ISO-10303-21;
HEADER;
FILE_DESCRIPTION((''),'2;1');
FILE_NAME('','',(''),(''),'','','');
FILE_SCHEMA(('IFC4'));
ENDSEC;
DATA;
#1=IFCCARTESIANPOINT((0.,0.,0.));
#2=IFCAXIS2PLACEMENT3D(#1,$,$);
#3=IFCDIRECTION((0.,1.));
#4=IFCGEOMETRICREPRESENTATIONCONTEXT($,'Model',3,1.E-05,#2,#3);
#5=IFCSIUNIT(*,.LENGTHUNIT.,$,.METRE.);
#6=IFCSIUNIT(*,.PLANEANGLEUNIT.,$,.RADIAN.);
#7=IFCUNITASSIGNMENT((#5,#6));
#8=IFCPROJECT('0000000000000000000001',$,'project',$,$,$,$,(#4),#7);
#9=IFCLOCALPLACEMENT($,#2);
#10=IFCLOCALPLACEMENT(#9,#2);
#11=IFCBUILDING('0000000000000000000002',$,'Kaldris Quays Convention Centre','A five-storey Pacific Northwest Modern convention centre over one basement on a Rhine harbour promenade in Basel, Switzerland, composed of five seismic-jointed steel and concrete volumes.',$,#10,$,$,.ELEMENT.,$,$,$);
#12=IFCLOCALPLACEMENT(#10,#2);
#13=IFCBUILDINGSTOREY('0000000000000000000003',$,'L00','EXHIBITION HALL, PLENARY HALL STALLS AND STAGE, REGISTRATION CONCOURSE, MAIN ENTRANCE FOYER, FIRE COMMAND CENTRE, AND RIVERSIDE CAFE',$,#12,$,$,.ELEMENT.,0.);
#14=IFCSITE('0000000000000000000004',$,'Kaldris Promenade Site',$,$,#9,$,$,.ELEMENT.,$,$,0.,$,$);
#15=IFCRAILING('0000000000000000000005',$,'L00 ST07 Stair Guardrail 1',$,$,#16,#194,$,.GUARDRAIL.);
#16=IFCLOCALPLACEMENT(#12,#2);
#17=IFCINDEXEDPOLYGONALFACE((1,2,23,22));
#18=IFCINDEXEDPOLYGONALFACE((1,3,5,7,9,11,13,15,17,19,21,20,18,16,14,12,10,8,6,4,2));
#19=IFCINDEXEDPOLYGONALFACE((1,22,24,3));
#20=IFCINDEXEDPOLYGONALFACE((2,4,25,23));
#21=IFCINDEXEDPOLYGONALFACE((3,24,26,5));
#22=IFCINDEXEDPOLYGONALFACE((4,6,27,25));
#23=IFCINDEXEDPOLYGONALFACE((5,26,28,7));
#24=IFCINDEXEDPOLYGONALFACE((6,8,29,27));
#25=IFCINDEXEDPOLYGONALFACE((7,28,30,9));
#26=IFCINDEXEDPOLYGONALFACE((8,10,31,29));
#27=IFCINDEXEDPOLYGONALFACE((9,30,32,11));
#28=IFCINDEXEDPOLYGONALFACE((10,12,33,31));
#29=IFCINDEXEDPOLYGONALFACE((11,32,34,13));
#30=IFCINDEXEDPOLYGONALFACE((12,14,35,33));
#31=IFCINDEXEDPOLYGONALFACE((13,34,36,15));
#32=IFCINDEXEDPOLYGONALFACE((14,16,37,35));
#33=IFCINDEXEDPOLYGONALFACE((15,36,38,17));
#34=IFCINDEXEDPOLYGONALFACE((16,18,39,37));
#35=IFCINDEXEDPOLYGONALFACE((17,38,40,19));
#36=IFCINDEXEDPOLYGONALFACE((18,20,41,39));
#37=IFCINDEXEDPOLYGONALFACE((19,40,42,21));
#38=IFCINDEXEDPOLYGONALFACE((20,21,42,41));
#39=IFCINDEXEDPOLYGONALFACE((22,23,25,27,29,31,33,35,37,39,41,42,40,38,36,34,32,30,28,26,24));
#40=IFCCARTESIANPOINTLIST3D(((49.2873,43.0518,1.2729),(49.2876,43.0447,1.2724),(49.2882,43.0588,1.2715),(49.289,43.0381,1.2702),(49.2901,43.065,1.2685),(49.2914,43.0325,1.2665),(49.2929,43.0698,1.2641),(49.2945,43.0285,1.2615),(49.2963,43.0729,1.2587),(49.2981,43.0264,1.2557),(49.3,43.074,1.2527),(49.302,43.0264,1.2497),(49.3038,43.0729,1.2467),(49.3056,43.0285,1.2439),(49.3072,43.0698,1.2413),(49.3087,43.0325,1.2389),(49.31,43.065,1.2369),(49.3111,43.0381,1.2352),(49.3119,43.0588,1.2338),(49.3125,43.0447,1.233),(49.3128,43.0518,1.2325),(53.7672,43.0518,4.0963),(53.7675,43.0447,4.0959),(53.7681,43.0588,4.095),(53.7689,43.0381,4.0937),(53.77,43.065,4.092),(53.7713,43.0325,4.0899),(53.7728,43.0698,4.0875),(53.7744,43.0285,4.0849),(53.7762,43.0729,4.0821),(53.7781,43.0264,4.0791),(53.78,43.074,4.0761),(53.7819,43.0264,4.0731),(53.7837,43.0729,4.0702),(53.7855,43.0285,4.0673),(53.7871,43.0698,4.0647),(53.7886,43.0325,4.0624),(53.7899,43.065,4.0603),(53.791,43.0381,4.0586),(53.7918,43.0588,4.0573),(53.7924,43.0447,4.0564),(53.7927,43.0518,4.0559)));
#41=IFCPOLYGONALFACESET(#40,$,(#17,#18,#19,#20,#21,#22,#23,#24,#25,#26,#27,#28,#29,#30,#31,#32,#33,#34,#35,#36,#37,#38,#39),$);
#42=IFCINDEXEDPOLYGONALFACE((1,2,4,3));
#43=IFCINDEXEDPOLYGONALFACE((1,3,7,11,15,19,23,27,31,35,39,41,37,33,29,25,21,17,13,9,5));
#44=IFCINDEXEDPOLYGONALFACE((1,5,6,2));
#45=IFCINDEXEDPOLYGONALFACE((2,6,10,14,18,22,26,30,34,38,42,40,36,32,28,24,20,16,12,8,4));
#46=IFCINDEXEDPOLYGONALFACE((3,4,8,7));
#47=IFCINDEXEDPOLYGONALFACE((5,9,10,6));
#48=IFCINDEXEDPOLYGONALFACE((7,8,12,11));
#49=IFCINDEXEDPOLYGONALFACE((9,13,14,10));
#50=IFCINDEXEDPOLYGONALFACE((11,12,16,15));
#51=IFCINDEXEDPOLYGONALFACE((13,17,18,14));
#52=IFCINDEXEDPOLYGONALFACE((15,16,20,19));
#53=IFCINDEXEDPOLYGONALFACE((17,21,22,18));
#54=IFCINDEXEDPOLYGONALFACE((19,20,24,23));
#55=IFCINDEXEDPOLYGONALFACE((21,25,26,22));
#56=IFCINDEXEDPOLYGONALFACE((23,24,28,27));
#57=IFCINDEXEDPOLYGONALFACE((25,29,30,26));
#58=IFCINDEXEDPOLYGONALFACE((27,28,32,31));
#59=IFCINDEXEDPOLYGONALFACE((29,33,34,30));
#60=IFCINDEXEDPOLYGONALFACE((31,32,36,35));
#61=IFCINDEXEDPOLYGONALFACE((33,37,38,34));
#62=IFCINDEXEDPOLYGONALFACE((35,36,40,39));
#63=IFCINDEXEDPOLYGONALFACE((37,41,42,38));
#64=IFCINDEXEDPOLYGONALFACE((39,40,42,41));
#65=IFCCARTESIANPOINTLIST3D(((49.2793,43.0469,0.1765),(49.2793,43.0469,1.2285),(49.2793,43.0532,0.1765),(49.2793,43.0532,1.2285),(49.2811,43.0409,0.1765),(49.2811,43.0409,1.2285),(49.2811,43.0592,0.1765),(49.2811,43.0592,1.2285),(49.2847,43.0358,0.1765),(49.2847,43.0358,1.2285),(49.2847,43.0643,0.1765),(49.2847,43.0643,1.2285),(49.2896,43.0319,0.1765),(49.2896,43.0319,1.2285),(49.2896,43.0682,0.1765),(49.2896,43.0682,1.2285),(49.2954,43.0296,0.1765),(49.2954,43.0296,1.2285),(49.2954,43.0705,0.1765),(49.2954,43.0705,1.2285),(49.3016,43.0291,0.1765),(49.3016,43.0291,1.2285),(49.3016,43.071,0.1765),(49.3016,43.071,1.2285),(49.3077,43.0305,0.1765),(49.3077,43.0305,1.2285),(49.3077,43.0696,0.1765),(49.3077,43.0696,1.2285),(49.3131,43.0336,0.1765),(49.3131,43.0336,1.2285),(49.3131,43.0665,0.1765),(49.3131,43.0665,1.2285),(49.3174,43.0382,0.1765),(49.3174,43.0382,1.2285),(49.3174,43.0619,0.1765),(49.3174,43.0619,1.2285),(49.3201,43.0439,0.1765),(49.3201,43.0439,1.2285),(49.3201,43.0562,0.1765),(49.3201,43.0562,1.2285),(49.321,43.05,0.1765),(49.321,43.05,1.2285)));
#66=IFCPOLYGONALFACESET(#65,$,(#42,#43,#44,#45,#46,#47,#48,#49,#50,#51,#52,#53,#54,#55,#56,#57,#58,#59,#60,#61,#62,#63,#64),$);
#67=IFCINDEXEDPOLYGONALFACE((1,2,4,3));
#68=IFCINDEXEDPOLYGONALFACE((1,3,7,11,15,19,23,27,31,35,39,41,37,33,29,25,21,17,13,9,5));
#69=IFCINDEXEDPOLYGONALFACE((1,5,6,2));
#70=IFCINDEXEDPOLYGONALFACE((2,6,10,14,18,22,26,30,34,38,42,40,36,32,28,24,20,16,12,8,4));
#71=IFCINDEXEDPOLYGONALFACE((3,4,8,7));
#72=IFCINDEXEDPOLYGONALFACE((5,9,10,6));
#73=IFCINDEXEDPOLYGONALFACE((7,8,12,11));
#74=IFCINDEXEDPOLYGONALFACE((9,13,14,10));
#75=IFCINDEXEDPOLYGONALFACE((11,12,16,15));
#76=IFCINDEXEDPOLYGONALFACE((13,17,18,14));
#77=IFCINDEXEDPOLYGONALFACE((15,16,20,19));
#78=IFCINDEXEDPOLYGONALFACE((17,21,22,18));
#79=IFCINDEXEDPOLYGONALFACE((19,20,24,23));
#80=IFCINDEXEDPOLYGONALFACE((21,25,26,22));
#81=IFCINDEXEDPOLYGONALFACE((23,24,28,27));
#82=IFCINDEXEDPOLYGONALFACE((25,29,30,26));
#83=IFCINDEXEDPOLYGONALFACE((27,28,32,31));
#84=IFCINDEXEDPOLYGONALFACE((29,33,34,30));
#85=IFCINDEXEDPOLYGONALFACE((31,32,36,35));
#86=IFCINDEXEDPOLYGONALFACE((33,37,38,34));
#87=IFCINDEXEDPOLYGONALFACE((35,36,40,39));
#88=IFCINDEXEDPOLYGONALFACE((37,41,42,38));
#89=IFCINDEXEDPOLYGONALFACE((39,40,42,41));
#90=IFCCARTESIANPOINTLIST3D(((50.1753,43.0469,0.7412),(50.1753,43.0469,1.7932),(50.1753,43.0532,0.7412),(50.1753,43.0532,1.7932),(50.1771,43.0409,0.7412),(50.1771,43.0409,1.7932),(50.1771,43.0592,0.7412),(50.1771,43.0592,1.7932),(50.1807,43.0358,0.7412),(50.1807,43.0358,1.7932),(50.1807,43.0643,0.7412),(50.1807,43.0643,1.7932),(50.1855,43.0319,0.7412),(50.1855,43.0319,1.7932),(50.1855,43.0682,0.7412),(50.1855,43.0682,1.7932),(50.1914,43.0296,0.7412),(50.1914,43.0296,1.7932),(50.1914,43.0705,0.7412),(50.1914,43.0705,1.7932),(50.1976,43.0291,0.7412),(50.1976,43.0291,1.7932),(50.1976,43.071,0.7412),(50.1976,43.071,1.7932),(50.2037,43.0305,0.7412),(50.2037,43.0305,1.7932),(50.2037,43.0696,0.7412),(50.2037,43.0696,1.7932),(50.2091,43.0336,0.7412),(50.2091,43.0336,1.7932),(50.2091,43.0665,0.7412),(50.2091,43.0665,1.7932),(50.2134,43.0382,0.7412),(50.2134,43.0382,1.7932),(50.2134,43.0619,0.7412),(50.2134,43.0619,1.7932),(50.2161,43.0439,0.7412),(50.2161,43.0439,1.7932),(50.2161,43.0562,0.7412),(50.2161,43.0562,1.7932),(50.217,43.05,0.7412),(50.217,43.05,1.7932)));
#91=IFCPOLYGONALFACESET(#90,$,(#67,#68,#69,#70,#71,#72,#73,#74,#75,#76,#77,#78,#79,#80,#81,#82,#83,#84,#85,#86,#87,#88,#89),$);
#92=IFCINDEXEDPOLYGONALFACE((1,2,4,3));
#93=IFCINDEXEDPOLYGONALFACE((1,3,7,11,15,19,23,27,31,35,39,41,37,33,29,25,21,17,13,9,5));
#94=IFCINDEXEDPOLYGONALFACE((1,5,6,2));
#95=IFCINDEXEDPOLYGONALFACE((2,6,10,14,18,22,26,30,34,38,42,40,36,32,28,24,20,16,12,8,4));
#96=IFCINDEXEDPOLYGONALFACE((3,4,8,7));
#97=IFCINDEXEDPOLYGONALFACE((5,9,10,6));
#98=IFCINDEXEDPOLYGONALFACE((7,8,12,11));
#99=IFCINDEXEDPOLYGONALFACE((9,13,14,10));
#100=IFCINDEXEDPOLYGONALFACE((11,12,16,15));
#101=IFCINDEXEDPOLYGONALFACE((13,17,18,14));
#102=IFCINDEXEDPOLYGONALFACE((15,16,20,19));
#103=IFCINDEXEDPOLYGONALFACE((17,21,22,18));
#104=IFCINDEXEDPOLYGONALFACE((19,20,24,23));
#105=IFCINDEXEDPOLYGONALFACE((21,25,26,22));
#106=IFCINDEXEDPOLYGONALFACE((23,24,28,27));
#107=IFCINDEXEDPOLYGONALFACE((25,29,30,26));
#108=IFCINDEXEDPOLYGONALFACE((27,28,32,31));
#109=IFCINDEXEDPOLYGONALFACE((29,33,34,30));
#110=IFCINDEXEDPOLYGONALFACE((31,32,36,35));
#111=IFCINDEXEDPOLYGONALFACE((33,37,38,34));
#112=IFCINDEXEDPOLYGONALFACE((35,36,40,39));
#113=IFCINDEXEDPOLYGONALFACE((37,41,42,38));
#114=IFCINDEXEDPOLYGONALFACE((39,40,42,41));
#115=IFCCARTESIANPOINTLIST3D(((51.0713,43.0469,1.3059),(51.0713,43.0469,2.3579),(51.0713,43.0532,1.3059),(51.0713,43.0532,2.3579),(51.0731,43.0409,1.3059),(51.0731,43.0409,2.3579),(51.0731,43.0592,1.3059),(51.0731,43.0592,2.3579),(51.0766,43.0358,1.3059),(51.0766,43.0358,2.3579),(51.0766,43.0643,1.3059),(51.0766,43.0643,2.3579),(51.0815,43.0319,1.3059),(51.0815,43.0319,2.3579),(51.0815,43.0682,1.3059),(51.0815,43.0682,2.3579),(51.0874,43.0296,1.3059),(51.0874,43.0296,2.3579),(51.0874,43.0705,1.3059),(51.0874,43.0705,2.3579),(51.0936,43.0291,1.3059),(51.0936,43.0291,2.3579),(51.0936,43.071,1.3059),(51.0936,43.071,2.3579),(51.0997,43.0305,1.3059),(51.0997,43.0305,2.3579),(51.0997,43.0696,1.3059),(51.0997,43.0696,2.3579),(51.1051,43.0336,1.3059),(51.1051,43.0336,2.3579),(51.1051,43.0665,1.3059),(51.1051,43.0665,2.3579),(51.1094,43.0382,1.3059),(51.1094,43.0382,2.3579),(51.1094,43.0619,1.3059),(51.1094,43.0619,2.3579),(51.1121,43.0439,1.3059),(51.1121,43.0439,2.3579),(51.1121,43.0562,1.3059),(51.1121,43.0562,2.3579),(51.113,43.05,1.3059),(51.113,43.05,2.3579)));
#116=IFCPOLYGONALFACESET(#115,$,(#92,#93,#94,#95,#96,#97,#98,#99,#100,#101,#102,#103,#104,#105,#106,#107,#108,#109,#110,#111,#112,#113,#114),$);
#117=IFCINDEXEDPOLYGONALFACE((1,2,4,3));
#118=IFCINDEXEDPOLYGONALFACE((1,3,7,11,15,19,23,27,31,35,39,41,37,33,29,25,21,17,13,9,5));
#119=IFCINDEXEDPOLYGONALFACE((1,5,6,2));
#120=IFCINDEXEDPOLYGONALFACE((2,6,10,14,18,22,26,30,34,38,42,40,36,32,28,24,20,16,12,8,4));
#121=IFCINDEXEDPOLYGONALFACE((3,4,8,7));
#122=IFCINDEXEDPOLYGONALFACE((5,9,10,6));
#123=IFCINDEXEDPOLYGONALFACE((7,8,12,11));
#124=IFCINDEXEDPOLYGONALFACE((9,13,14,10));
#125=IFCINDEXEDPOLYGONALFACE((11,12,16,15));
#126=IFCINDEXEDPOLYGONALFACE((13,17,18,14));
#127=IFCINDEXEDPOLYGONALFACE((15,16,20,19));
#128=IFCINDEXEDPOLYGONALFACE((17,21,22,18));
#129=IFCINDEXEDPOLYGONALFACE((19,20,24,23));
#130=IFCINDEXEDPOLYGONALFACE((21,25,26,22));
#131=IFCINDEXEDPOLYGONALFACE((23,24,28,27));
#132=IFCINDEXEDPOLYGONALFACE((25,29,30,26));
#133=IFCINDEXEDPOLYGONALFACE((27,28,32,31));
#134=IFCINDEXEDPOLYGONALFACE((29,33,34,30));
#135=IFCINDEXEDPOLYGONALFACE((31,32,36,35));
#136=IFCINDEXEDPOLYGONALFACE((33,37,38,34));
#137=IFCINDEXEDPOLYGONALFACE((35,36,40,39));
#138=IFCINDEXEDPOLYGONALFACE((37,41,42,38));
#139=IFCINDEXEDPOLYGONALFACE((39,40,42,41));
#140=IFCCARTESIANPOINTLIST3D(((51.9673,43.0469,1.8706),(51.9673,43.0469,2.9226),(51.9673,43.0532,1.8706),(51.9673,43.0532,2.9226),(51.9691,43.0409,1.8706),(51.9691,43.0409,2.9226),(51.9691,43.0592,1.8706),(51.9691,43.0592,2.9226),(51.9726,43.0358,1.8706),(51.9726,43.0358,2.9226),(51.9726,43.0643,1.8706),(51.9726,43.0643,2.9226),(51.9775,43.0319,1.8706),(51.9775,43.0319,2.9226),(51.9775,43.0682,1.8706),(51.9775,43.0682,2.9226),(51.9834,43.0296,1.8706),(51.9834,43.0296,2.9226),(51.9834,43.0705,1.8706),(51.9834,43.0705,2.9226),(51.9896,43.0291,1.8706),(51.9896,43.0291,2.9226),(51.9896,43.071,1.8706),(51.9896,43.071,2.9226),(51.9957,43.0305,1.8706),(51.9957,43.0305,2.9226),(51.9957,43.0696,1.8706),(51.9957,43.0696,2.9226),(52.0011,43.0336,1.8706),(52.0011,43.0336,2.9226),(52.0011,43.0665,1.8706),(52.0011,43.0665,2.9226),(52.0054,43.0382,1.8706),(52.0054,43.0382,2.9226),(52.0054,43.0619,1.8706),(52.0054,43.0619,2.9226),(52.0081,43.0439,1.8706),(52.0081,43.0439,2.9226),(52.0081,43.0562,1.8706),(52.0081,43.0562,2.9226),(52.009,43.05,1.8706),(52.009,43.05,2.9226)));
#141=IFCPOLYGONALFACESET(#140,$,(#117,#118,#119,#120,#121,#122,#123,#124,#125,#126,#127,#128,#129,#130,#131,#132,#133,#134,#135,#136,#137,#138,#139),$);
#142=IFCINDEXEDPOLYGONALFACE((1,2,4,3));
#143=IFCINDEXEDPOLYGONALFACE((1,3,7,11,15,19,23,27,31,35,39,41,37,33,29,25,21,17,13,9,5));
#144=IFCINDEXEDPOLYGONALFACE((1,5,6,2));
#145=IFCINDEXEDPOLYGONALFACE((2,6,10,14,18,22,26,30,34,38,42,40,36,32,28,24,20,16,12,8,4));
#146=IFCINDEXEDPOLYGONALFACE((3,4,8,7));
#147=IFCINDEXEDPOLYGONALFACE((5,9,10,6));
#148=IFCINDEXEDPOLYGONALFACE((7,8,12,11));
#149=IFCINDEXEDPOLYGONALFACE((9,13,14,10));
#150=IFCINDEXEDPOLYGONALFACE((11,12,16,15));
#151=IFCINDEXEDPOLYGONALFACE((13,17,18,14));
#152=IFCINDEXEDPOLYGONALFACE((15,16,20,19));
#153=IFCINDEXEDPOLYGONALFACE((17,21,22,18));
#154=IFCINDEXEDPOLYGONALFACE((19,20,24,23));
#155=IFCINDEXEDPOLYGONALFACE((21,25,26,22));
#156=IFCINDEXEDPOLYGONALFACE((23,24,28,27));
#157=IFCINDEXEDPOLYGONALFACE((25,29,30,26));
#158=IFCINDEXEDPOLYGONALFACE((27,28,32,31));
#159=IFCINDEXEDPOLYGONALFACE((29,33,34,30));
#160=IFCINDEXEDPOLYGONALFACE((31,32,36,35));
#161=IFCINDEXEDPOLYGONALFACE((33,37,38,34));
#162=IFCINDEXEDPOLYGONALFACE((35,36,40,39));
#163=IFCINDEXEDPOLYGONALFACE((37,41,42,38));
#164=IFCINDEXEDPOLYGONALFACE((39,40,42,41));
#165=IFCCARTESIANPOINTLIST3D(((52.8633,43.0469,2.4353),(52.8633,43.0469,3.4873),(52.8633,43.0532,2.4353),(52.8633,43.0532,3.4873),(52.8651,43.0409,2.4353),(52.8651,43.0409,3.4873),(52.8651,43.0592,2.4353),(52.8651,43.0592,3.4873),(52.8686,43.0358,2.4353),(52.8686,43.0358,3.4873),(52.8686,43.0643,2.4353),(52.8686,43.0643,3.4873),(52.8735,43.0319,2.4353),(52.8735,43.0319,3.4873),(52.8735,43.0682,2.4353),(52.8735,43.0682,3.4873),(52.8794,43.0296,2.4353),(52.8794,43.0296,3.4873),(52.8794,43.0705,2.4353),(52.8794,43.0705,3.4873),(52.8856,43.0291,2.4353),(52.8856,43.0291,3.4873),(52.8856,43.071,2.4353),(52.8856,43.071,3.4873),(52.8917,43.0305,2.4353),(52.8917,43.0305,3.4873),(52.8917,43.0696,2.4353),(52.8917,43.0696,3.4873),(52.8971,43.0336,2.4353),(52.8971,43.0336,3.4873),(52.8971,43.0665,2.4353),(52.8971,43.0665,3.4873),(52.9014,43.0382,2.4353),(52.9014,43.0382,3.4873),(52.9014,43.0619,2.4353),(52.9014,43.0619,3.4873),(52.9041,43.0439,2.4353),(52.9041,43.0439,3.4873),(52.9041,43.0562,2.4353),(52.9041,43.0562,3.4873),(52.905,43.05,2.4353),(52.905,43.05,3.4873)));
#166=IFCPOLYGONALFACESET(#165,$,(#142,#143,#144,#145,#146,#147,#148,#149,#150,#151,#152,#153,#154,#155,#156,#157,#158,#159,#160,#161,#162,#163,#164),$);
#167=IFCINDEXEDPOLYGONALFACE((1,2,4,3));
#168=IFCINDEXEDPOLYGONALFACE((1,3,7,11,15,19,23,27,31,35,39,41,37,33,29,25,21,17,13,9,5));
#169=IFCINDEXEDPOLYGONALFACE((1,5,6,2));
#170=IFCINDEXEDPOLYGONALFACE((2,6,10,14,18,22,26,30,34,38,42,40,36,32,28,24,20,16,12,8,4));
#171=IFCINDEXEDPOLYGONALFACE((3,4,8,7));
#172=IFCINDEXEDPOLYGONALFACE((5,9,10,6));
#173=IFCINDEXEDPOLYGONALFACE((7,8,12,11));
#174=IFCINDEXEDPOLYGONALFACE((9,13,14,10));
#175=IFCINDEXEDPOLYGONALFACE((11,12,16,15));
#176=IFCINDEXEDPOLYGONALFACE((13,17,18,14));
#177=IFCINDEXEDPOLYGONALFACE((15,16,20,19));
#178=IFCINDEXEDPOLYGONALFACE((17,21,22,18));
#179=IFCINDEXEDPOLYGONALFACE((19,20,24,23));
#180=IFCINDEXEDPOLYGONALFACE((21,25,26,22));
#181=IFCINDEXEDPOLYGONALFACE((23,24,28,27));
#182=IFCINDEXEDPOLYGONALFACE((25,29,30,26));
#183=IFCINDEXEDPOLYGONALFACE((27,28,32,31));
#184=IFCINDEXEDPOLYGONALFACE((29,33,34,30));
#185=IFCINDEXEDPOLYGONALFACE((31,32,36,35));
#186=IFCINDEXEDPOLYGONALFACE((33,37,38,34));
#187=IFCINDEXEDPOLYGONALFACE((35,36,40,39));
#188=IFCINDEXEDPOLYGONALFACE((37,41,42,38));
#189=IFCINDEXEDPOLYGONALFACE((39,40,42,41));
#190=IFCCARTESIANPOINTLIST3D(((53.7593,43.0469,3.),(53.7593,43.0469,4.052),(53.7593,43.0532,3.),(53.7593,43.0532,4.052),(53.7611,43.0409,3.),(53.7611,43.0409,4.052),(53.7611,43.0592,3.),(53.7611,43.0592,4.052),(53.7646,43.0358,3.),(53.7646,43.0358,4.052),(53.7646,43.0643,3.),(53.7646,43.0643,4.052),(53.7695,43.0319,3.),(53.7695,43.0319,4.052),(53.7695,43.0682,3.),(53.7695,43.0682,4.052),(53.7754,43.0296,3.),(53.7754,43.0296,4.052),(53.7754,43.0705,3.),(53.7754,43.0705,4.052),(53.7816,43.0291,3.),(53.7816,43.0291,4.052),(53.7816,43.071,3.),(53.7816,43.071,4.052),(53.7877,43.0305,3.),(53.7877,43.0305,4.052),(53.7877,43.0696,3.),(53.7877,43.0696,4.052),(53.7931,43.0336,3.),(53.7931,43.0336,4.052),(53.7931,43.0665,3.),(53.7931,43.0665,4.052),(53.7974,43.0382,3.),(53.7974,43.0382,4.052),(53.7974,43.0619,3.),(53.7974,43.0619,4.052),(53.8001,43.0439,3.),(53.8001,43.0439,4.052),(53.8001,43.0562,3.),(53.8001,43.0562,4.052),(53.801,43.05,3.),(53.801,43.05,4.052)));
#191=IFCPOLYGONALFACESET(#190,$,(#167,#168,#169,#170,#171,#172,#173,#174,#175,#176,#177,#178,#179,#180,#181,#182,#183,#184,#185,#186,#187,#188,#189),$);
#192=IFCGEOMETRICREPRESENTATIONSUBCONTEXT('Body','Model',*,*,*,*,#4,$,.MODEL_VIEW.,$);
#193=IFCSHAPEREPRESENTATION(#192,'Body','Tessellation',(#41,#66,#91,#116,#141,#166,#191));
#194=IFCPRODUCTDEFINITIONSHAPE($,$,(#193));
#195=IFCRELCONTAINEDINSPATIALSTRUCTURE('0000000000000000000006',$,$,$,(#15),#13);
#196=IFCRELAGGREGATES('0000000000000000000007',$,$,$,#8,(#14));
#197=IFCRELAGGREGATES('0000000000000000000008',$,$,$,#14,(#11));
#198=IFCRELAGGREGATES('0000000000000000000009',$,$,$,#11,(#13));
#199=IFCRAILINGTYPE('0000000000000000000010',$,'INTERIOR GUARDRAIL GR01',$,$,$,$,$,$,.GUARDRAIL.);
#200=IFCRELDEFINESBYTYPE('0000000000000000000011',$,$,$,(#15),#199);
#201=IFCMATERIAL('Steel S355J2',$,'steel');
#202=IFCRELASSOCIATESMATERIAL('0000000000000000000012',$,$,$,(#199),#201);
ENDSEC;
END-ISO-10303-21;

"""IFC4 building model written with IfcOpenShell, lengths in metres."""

from ifc_helpers import new_model, si_unit, direction, frame, origin, origin_2d, place, context, subcontext, project, spatial, circle, extrude, material, type_object, element, save


model = new_model("IFC4")

# Units and contexts
model_context = context("Model", 3, precision=1e-05, world=origin(), true_north=direction((0.0, 1.0)))
body_context = subcontext(model_context, "Body", "Model", "MODEL_VIEW")
ifc_project = project(units=[si_unit("LENGTHUNIT", "METRE"), si_unit("PLANEANGLEUNIT", "RADIAN")], contexts=[model_context])

# Site, building, storey
site_placement = place(None, origin())
site = spatial("IfcSite", under=ifc_project, at=site_placement, Name="Kaldris Promenade Site", CompositionType="ELEMENT", RefElevation=0.0)
building_placement = place(site_placement, origin())
building = spatial("IfcBuilding", under=site, at=building_placement, Name="Kaldris Quays Convention Centre", Description="A five-storey Pacific Northwest Modern convention centre over one basement on a Rhine harbour promenade in Basel, Switzerland, composed of five seismic-jointed steel and concrete volumes.", CompositionType="ELEMENT")
storey_placement = place(building_placement, origin())
storey = spatial("IfcBuildingStorey", under=building, at=storey_placement, Name="L00", Description="EXHIBITION HALL, PLENARY HALL STALLS AND STAGE, REGISTRATION CONCOURSE, MAIN ENTRANCE FOYER, FIRE COMMAND CENTRE, AND RIVERSIDE CAFE", CompositionType="ELEMENT", Elevation=0.0)

# Shared definitions
ifc_material_1 = material(Name="Steel S355J2", Category="steel")

# Railing
railing_type_1 = type_object("IfcRailingType", Name="INTERIOR GUARDRAIL GR01", PredefinedType="GUARDRAIL", material=ifc_material_1)
railing_1_placement = place(storey_placement, frame((49.3, 43.05, 0.1765)))
element("IfcRailing", 1, at=railing_1_placement, inside=storey, type_object=railing_type_1, Name="L00 ST07 Stair Guardrail 1", PredefinedType="GUARDRAIL", context=body_context, shape_type="SweptSolid", body=[
    extrude(circle(Radius=0.0239, at=origin_2d()), frame((0.0, 0.0, 1.0762), z_axis=(0.845998, 0.0, 0.533186), x_axis=(0.0, 1.0, 0.0)), (0.0, 0.0, 1.0), 5.2954),
    extrude(circle(Radius=0.021, at=origin_2d()), origin(), (0.0, 0.0, 1.0), 1.052),
    extrude(circle(Radius=0.021, at=origin_2d()), frame((0.896, 0.0, 0.5647)), (0.0, 0.0, 1.0), 1.052),
    extrude(circle(Radius=0.021, at=origin_2d()), frame((1.792, 0.0, 1.1294)), (0.0, 0.0, 1.0), 1.052),
    extrude(circle(Radius=0.021, at=origin_2d()), frame((2.688, 0.0, 1.6941)), (0.0, 0.0, 1.0), 1.052),
    extrude(circle(Radius=0.021, at=origin_2d()), frame((3.584, 0.0, 2.2588)), (0.0, 0.0, 1.0), 1.052),
    extrude(circle(Radius=0.021, at=origin_2d()), frame((4.48, 0.0, 2.8235)), (0.0, 0.0, 1.0), 1.052),
])

save(model, "model.ifc")
